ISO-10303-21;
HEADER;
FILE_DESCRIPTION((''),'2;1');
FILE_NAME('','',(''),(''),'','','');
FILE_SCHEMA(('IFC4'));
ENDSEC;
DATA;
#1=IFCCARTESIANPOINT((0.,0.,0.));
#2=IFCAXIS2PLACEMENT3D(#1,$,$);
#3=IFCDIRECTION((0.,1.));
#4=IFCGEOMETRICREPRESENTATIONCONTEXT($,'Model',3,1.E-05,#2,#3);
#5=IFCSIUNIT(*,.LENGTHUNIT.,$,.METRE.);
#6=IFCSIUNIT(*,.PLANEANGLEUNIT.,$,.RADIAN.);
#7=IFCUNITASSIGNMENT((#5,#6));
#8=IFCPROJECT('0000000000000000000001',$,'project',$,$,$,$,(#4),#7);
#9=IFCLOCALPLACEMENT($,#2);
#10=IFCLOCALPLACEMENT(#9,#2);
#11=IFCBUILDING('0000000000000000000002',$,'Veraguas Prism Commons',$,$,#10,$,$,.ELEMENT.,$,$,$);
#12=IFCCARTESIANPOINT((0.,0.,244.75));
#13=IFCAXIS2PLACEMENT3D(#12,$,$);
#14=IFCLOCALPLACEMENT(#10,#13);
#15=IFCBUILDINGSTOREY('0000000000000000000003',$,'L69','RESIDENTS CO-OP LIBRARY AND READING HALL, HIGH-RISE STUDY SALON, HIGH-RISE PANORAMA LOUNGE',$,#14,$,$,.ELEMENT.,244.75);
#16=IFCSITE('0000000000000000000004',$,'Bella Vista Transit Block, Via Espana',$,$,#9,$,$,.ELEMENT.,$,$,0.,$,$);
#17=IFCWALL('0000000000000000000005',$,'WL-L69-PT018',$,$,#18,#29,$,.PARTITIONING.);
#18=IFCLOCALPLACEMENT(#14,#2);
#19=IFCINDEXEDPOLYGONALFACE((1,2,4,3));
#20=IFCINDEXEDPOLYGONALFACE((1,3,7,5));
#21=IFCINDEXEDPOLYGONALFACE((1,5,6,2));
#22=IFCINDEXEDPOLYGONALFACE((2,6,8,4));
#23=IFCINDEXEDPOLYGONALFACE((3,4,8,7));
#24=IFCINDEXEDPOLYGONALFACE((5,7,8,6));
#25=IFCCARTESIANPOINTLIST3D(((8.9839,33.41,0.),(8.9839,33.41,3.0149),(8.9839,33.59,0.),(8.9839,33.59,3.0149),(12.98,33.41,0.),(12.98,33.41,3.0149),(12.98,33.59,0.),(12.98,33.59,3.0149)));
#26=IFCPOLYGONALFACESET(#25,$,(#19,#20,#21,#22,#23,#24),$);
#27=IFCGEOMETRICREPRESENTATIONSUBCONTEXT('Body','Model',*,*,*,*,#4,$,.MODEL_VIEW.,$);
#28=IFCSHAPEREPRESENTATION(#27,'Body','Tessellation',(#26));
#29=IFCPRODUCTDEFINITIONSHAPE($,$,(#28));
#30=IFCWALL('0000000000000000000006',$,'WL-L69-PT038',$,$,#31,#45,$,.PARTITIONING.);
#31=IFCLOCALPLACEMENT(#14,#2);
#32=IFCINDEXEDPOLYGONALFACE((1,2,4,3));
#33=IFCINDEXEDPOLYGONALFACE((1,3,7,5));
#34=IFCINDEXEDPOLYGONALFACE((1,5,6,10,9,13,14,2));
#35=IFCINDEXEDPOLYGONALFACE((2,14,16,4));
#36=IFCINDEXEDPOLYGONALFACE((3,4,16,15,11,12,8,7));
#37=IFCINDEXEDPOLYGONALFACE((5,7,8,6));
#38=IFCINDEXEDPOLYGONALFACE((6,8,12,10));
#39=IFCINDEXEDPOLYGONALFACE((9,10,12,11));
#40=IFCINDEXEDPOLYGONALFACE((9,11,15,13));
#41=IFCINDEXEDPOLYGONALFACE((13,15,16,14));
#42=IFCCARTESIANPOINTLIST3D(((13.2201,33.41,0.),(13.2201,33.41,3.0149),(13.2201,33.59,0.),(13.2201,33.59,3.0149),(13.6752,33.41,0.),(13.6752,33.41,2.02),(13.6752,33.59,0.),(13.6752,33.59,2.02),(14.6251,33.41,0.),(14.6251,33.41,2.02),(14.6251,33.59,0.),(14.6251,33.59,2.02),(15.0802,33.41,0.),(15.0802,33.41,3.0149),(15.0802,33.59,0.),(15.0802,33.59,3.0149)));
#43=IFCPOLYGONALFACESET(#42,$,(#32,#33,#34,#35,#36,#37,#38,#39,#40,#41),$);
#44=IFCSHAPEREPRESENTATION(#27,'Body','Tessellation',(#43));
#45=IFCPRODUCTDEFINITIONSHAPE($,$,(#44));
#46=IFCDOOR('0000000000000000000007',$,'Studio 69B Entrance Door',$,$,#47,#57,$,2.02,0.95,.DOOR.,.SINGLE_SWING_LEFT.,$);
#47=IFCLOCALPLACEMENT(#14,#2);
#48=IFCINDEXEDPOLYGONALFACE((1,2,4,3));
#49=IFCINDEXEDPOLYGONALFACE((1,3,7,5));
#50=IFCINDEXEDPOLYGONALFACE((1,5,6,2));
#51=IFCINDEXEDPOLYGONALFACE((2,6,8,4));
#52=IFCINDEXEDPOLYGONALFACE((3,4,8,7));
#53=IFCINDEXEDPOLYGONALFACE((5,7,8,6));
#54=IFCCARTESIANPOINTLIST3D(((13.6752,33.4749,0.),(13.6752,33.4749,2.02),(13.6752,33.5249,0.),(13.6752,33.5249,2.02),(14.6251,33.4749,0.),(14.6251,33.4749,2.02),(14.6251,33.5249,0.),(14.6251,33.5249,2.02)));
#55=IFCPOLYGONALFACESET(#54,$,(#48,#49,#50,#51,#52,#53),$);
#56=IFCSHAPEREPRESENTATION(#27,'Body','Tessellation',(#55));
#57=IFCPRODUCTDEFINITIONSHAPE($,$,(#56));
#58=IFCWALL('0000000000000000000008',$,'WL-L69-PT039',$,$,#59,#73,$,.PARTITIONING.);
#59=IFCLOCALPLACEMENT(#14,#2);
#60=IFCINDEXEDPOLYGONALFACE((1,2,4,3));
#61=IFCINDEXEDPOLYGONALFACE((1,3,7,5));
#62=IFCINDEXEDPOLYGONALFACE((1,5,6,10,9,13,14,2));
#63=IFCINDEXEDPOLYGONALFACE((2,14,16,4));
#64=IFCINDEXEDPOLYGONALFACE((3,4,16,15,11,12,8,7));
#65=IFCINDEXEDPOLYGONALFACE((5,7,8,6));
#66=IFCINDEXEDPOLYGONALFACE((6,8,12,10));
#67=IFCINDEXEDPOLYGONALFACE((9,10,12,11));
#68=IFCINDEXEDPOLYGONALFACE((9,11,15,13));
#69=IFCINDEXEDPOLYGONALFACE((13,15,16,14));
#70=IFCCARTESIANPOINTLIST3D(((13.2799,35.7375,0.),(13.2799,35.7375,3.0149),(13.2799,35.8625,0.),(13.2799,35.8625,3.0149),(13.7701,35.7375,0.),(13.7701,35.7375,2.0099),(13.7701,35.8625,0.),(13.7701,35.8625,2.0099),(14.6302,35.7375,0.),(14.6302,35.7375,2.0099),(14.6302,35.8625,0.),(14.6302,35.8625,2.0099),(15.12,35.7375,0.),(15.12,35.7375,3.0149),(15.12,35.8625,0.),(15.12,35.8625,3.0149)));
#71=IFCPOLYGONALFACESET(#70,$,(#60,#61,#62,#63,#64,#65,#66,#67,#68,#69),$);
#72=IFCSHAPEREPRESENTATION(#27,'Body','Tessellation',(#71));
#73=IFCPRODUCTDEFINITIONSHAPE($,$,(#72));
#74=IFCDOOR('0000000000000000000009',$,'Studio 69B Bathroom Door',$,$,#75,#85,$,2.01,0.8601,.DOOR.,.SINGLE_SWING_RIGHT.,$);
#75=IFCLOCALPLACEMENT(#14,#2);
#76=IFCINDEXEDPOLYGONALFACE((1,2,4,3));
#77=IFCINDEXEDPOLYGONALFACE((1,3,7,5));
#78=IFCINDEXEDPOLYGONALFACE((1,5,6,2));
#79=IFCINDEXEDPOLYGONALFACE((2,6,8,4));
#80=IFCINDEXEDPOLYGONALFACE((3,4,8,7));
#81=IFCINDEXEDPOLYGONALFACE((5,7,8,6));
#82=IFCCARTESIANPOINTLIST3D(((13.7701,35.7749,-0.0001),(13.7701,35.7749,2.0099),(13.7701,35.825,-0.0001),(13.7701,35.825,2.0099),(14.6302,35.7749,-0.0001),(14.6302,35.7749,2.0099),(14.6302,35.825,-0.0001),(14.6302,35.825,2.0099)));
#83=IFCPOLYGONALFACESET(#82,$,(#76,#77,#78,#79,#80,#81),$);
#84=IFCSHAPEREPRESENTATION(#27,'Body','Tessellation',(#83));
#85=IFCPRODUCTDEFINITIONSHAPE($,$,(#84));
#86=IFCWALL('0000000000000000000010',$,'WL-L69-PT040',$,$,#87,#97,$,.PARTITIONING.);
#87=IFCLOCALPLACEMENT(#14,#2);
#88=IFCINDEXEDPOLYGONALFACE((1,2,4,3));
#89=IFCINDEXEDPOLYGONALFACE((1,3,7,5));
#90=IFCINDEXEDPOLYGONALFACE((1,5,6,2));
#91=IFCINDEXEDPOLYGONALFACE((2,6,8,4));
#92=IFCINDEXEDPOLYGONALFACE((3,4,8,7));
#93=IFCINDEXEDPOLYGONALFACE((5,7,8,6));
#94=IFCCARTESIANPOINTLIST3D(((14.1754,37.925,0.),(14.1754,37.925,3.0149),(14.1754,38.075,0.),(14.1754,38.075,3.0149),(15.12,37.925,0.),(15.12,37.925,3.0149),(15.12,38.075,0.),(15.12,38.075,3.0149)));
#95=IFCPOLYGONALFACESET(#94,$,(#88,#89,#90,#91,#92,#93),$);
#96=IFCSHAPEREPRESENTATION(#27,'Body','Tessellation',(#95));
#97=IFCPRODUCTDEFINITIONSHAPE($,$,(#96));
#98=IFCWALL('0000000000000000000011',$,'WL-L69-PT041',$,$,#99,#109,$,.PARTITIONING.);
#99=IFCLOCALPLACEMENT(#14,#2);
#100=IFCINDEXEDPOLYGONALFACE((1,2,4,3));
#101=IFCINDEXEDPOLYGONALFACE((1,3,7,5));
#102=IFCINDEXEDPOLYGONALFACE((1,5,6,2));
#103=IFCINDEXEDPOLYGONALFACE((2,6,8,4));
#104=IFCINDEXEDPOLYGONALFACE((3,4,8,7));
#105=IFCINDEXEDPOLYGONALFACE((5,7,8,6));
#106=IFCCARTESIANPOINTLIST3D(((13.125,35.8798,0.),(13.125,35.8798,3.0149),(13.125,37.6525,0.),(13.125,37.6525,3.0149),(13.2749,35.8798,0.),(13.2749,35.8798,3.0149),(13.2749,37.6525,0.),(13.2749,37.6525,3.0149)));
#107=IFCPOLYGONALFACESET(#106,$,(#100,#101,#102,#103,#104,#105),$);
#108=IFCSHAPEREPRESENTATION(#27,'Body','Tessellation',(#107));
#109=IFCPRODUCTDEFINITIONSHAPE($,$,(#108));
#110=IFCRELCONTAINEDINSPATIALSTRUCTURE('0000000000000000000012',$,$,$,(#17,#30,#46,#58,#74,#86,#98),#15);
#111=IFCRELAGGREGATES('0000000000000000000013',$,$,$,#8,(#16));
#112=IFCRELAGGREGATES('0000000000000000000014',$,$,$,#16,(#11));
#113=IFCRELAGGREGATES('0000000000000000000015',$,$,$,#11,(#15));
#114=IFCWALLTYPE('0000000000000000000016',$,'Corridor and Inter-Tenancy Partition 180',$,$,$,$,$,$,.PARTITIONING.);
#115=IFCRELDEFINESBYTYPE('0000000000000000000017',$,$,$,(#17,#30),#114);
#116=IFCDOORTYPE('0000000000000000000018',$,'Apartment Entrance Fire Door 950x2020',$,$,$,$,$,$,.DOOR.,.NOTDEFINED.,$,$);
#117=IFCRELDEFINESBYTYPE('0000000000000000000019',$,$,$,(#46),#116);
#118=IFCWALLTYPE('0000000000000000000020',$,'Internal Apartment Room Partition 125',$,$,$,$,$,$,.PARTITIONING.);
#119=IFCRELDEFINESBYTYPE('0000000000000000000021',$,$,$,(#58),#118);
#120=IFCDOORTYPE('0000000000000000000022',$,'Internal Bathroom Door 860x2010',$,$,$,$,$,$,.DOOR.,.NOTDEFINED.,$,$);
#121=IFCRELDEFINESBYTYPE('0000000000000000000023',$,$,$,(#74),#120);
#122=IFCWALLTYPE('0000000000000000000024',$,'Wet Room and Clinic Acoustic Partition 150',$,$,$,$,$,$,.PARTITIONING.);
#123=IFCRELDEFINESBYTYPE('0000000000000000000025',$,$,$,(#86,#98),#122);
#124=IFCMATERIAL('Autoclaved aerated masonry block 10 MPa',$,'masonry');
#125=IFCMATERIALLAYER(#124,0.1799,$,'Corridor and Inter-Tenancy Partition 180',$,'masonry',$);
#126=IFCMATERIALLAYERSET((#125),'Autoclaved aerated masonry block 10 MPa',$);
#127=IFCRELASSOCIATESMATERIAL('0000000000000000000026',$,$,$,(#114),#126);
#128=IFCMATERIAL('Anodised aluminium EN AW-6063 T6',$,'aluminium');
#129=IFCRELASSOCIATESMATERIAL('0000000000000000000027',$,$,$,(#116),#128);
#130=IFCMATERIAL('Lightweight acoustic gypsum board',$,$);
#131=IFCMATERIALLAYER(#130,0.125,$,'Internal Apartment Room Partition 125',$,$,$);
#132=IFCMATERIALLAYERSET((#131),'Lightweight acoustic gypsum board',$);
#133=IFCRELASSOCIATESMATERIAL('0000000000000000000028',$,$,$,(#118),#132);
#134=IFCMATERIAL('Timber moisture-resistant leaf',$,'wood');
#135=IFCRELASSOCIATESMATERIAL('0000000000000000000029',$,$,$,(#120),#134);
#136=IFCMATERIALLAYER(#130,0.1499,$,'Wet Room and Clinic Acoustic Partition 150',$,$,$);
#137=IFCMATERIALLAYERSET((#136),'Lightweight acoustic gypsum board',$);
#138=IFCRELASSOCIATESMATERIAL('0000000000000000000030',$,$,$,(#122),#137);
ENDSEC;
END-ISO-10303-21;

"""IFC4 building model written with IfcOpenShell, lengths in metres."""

from ifc_helpers import new_model, si_unit, direction, frame, frame_2d, origin, place, context, subcontext, project, spatial, rectangle, extrude, source, transform, mapped, material, layer, layer_set, type_object, element, fill, save


model = new_model("IFC4")

# Units and contexts
model_context = context("Model", 3, precision=1e-05, world=origin(), true_north=direction((0.0, 1.0)))
body_context = subcontext(model_context, "Body", "Model", "MODEL_VIEW")
ifc_project = project(units=[si_unit("LENGTHUNIT", "METRE"), si_unit("PLANEANGLEUNIT", "RADIAN")], contexts=[model_context])

# Site, building, storey
site_placement = place(None, origin())
site = spatial("IfcSite", under=ifc_project, at=site_placement, Name="Bella Vista Transit Block, Via Espana", CompositionType="ELEMENT", RefElevation=0.0)
building_placement = place(site_placement, origin())
building = spatial("IfcBuilding", under=site, at=building_placement, Name="Veraguas Prism Commons", CompositionType="ELEMENT")
storey_placement = place(building_placement, frame((0.0, 0.0, 244.75)))
storey = spatial("IfcBuildingStorey", under=building, at=storey_placement, Name="L69", Description="RESIDENTS CO-OP LIBRARY AND READING HALL, HIGH-RISE STUDY SALON, HIGH-RISE PANORAMA LOUNGE", CompositionType="ELEMENT", Elevation=244.75)

# Shared definitions
ifc_material_1 = material(Name="Anodised aluminium EN AW-6063 T6", Category="aluminium")

# Wall
ifc_material_2 = material(Name="Autoclaved aerated masonry block 10 MPa", Category="masonry")
ifc_layer_1 = layer(ifc_material_2, 0.1799, Name="Corridor and Inter-Tenancy Partition 180", Category="masonry")
ifc_layer_set_1 = layer_set([ifc_layer_1], Name="Autoclaved aerated masonry block 10 MPa")
wall_type_1 = type_object("IfcWallType", Name="Corridor and Inter-Tenancy Partition 180", PredefinedType="PARTITIONING", material=ifc_layer_set_1)
wall_1_placement = place(storey_placement, frame((12.98, 33.5, 0.0), z_axis=(0.0, 0.0, 1.0), x_axis=(-1.0, 0.0, 0.0)))
element("IfcWall", 1, at=wall_1_placement, inside=storey, type_object=wall_type_1, Name="WL-L69-PT018", PredefinedType="PARTITIONING", context=body_context, shape_type="SweptSolid", body=[
    extrude(rectangle(XDim=3.9961, YDim=0.1799, at=frame_2d((1.998, 0.0))), origin(), (0.0, 0.0, 1.0), 3.0149),
])

# Walls, openings, doors
wall_2_placement = place(storey_placement, frame((13.22, 33.5, 0.0), z_axis=(0.0, 0.0, 1.0), x_axis=(1.0, 0.0, 0.0)))
wall_2 = element("IfcWall", 2, at=wall_2_placement, inside=storey, type_object=wall_type_1, Name="WL-L69-PT038", PredefinedType="PARTITIONING", context=body_context, shape_type="SweptSolid", body=[
    extrude(rectangle(XDim=1.8601, YDim=0.1799, at=frame_2d((0.9302, 0.0))), origin(), (0.0, 0.0, 1.0), 3.0149),
])
opening_1_placement = place(wall_2_placement, frame((0.4551, 0.0, 0.0)))
opening_1 = element("IfcOpeningElement", 3, at=opening_1_placement, cuts=wall_2, PredefinedType="OPENING", context=body_context, shape_type="SweptSolid", body=[
    extrude(rectangle(XDim=0.95, YDim=2.02, at=frame_2d((0.4751, 1.01))), frame((0.0, 0.0999, 0.0), z_axis=(0.0, -1.0, 0.0), x_axis=(1.0, 0.0, 0.0)), (0.0, 0.0, 1.0), 0.2),
])
door_type_1 = type_object("IfcDoorType", Name="Apartment Entrance Fire Door 950x2020", OperationType="NOTDEFINED", PredefinedType="DOOR", material=ifc_material_1)
shared_shape_1 = source(origin(), body_context, "Body", "SweptSolid", [
    extrude(rectangle(XDim=0.95, YDim=2.02, at=frame_2d((0.4751, 1.01))), frame((0.0, 0.0249, 0.0), z_axis=(0.0, -1.0, 0.0), x_axis=(1.0, 0.0, 0.0)), (0.0, 0.0, 1.0), 0.05),
])
door_1_placement = place(opening_1_placement, origin())
door_1 = element("IfcDoor", 4, at=door_1_placement, inside=storey, type_object=door_type_1, Name="Studio 69B Entrance Door", OperationType="SINGLE_SWING_LEFT", OverallHeight=2.02, OverallWidth=0.95, PredefinedType="DOOR", context=body_context, shape_type="MappedRepresentation", body=[
    mapped(shared_shape_1, transform((0.0, 0.0, 0.0), scale=1.0)),
])
fill(opening_1, door_1)
ifc_material_3 = material(Name="Lightweight acoustic gypsum board")
ifc_layer_2 = layer(ifc_material_3, 0.125, Name="Internal Apartment Room Partition 125")
ifc_layer_set_2 = layer_set([ifc_layer_2], Name="Lightweight acoustic gypsum board")
wall_type_2 = type_object("IfcWallType", Name="Internal Apartment Room Partition 125", PredefinedType="PARTITIONING", material=ifc_layer_set_2)
wall_3_placement = place(storey_placement, frame((13.28, 35.8, 0.0), z_axis=(0.0, 0.0, 1.0), x_axis=(1.0, 0.0, 0.0)))
wall_3 = element("IfcWall", 5, at=wall_3_placement, inside=storey, type_object=wall_type_2, Name="WL-L69-PT039", PredefinedType="PARTITIONING", context=body_context, shape_type="SweptSolid", body=[
    extrude(rectangle(XDim=1.8401, YDim=0.125, at=frame_2d((0.9199, 0.0))), origin(), (0.0, 0.0, 1.0), 3.0149),
])
opening_2_placement = place(wall_3_placement, frame((0.49, 0.0, 0.0)))
opening_2 = element("IfcOpeningElement", 6, at=opening_2_placement, cuts=wall_3, PredefinedType="OPENING", context=body_context, shape_type="SweptSolid", body=[
    extrude(rectangle(XDim=0.8601, YDim=2.01, at=frame_2d((0.4302, 1.0049))), frame((0.0, 0.0725, 0.0), z_axis=(0.0, -1.0, 0.0), x_axis=(1.0, 0.0, 0.0)), (0.0, 0.0, 1.0), 0.145),
])
ifc_material_4 = material(Name="Timber moisture-resistant leaf", Category="wood")
door_type_2 = type_object("IfcDoorType", Name="Internal Bathroom Door 860x2010", OperationType="NOTDEFINED", PredefinedType="DOOR", material=ifc_material_4)
shared_shape_2 = source(origin(), body_context, "Body", "SweptSolid", [
    extrude(rectangle(XDim=0.8601, YDim=2.01, at=frame_2d((0.4302, 1.0049))), frame((0.0, 0.0249, 0.0), z_axis=(0.0, -1.0, 0.0), x_axis=(1.0, 0.0, 0.0)), (0.0, 0.0, 1.0), 0.05),
])
door_2_placement = place(opening_2_placement, origin())
door_2 = element("IfcDoor", 7, at=door_2_placement, inside=storey, type_object=door_type_2, Name="Studio 69B Bathroom Door", OperationType="SINGLE_SWING_RIGHT", OverallHeight=2.01, OverallWidth=0.8601, PredefinedType="DOOR", context=body_context, shape_type="MappedRepresentation", body=[
    mapped(shared_shape_2, transform((0.0, 0.0, 0.0), scale=1.0)),
])
fill(opening_2, door_2)

# Walls
ifc_layer_3 = layer(ifc_material_3, 0.1499, Name="Wet Room and Clinic Acoustic Partition 150")
ifc_layer_set_3 = layer_set([ifc_layer_3], Name="Lightweight acoustic gypsum board")
wall_type_3 = type_object("IfcWallType", Name="Wet Room and Clinic Acoustic Partition 150", PredefinedType="PARTITIONING", material=ifc_layer_set_3)
wall_4_placement = place(storey_placement, frame((14.1755, 38.0, 0.0), z_axis=(0.0, 0.0, 1.0), x_axis=(1.0, 0.0, 0.0)))
element("IfcWall", 8, at=wall_4_placement, inside=storey, type_object=wall_type_3, Name="WL-L69-PT040", PredefinedType="PARTITIONING", context=body_context, shape_type="SweptSolid", body=[
    extrude(rectangle(XDim=0.9446, YDim=0.1499, at=frame_2d((0.4722, 0.0))), origin(), (0.0, 0.0, 1.0), 3.0149),
])
wall_5_placement = place(storey_placement, frame((13.2, 35.8799, 0.0), z_axis=(0.0, 0.0, 1.0), x_axis=(0.0, 1.0, 0.0)))
element("IfcWall", 9, at=wall_5_placement, inside=storey, type_object=wall_type_3, Name="WL-L69-PT041", PredefinedType="PARTITIONING", context=body_context, shape_type="SweptSolid", body=[
    extrude(rectangle(XDim=1.7727, YDim=0.1499, at=frame_2d((0.8862, 0.0))), origin(), (0.0, 0.0, 1.0), 3.0149),
])

save(model, "model.ifc")
